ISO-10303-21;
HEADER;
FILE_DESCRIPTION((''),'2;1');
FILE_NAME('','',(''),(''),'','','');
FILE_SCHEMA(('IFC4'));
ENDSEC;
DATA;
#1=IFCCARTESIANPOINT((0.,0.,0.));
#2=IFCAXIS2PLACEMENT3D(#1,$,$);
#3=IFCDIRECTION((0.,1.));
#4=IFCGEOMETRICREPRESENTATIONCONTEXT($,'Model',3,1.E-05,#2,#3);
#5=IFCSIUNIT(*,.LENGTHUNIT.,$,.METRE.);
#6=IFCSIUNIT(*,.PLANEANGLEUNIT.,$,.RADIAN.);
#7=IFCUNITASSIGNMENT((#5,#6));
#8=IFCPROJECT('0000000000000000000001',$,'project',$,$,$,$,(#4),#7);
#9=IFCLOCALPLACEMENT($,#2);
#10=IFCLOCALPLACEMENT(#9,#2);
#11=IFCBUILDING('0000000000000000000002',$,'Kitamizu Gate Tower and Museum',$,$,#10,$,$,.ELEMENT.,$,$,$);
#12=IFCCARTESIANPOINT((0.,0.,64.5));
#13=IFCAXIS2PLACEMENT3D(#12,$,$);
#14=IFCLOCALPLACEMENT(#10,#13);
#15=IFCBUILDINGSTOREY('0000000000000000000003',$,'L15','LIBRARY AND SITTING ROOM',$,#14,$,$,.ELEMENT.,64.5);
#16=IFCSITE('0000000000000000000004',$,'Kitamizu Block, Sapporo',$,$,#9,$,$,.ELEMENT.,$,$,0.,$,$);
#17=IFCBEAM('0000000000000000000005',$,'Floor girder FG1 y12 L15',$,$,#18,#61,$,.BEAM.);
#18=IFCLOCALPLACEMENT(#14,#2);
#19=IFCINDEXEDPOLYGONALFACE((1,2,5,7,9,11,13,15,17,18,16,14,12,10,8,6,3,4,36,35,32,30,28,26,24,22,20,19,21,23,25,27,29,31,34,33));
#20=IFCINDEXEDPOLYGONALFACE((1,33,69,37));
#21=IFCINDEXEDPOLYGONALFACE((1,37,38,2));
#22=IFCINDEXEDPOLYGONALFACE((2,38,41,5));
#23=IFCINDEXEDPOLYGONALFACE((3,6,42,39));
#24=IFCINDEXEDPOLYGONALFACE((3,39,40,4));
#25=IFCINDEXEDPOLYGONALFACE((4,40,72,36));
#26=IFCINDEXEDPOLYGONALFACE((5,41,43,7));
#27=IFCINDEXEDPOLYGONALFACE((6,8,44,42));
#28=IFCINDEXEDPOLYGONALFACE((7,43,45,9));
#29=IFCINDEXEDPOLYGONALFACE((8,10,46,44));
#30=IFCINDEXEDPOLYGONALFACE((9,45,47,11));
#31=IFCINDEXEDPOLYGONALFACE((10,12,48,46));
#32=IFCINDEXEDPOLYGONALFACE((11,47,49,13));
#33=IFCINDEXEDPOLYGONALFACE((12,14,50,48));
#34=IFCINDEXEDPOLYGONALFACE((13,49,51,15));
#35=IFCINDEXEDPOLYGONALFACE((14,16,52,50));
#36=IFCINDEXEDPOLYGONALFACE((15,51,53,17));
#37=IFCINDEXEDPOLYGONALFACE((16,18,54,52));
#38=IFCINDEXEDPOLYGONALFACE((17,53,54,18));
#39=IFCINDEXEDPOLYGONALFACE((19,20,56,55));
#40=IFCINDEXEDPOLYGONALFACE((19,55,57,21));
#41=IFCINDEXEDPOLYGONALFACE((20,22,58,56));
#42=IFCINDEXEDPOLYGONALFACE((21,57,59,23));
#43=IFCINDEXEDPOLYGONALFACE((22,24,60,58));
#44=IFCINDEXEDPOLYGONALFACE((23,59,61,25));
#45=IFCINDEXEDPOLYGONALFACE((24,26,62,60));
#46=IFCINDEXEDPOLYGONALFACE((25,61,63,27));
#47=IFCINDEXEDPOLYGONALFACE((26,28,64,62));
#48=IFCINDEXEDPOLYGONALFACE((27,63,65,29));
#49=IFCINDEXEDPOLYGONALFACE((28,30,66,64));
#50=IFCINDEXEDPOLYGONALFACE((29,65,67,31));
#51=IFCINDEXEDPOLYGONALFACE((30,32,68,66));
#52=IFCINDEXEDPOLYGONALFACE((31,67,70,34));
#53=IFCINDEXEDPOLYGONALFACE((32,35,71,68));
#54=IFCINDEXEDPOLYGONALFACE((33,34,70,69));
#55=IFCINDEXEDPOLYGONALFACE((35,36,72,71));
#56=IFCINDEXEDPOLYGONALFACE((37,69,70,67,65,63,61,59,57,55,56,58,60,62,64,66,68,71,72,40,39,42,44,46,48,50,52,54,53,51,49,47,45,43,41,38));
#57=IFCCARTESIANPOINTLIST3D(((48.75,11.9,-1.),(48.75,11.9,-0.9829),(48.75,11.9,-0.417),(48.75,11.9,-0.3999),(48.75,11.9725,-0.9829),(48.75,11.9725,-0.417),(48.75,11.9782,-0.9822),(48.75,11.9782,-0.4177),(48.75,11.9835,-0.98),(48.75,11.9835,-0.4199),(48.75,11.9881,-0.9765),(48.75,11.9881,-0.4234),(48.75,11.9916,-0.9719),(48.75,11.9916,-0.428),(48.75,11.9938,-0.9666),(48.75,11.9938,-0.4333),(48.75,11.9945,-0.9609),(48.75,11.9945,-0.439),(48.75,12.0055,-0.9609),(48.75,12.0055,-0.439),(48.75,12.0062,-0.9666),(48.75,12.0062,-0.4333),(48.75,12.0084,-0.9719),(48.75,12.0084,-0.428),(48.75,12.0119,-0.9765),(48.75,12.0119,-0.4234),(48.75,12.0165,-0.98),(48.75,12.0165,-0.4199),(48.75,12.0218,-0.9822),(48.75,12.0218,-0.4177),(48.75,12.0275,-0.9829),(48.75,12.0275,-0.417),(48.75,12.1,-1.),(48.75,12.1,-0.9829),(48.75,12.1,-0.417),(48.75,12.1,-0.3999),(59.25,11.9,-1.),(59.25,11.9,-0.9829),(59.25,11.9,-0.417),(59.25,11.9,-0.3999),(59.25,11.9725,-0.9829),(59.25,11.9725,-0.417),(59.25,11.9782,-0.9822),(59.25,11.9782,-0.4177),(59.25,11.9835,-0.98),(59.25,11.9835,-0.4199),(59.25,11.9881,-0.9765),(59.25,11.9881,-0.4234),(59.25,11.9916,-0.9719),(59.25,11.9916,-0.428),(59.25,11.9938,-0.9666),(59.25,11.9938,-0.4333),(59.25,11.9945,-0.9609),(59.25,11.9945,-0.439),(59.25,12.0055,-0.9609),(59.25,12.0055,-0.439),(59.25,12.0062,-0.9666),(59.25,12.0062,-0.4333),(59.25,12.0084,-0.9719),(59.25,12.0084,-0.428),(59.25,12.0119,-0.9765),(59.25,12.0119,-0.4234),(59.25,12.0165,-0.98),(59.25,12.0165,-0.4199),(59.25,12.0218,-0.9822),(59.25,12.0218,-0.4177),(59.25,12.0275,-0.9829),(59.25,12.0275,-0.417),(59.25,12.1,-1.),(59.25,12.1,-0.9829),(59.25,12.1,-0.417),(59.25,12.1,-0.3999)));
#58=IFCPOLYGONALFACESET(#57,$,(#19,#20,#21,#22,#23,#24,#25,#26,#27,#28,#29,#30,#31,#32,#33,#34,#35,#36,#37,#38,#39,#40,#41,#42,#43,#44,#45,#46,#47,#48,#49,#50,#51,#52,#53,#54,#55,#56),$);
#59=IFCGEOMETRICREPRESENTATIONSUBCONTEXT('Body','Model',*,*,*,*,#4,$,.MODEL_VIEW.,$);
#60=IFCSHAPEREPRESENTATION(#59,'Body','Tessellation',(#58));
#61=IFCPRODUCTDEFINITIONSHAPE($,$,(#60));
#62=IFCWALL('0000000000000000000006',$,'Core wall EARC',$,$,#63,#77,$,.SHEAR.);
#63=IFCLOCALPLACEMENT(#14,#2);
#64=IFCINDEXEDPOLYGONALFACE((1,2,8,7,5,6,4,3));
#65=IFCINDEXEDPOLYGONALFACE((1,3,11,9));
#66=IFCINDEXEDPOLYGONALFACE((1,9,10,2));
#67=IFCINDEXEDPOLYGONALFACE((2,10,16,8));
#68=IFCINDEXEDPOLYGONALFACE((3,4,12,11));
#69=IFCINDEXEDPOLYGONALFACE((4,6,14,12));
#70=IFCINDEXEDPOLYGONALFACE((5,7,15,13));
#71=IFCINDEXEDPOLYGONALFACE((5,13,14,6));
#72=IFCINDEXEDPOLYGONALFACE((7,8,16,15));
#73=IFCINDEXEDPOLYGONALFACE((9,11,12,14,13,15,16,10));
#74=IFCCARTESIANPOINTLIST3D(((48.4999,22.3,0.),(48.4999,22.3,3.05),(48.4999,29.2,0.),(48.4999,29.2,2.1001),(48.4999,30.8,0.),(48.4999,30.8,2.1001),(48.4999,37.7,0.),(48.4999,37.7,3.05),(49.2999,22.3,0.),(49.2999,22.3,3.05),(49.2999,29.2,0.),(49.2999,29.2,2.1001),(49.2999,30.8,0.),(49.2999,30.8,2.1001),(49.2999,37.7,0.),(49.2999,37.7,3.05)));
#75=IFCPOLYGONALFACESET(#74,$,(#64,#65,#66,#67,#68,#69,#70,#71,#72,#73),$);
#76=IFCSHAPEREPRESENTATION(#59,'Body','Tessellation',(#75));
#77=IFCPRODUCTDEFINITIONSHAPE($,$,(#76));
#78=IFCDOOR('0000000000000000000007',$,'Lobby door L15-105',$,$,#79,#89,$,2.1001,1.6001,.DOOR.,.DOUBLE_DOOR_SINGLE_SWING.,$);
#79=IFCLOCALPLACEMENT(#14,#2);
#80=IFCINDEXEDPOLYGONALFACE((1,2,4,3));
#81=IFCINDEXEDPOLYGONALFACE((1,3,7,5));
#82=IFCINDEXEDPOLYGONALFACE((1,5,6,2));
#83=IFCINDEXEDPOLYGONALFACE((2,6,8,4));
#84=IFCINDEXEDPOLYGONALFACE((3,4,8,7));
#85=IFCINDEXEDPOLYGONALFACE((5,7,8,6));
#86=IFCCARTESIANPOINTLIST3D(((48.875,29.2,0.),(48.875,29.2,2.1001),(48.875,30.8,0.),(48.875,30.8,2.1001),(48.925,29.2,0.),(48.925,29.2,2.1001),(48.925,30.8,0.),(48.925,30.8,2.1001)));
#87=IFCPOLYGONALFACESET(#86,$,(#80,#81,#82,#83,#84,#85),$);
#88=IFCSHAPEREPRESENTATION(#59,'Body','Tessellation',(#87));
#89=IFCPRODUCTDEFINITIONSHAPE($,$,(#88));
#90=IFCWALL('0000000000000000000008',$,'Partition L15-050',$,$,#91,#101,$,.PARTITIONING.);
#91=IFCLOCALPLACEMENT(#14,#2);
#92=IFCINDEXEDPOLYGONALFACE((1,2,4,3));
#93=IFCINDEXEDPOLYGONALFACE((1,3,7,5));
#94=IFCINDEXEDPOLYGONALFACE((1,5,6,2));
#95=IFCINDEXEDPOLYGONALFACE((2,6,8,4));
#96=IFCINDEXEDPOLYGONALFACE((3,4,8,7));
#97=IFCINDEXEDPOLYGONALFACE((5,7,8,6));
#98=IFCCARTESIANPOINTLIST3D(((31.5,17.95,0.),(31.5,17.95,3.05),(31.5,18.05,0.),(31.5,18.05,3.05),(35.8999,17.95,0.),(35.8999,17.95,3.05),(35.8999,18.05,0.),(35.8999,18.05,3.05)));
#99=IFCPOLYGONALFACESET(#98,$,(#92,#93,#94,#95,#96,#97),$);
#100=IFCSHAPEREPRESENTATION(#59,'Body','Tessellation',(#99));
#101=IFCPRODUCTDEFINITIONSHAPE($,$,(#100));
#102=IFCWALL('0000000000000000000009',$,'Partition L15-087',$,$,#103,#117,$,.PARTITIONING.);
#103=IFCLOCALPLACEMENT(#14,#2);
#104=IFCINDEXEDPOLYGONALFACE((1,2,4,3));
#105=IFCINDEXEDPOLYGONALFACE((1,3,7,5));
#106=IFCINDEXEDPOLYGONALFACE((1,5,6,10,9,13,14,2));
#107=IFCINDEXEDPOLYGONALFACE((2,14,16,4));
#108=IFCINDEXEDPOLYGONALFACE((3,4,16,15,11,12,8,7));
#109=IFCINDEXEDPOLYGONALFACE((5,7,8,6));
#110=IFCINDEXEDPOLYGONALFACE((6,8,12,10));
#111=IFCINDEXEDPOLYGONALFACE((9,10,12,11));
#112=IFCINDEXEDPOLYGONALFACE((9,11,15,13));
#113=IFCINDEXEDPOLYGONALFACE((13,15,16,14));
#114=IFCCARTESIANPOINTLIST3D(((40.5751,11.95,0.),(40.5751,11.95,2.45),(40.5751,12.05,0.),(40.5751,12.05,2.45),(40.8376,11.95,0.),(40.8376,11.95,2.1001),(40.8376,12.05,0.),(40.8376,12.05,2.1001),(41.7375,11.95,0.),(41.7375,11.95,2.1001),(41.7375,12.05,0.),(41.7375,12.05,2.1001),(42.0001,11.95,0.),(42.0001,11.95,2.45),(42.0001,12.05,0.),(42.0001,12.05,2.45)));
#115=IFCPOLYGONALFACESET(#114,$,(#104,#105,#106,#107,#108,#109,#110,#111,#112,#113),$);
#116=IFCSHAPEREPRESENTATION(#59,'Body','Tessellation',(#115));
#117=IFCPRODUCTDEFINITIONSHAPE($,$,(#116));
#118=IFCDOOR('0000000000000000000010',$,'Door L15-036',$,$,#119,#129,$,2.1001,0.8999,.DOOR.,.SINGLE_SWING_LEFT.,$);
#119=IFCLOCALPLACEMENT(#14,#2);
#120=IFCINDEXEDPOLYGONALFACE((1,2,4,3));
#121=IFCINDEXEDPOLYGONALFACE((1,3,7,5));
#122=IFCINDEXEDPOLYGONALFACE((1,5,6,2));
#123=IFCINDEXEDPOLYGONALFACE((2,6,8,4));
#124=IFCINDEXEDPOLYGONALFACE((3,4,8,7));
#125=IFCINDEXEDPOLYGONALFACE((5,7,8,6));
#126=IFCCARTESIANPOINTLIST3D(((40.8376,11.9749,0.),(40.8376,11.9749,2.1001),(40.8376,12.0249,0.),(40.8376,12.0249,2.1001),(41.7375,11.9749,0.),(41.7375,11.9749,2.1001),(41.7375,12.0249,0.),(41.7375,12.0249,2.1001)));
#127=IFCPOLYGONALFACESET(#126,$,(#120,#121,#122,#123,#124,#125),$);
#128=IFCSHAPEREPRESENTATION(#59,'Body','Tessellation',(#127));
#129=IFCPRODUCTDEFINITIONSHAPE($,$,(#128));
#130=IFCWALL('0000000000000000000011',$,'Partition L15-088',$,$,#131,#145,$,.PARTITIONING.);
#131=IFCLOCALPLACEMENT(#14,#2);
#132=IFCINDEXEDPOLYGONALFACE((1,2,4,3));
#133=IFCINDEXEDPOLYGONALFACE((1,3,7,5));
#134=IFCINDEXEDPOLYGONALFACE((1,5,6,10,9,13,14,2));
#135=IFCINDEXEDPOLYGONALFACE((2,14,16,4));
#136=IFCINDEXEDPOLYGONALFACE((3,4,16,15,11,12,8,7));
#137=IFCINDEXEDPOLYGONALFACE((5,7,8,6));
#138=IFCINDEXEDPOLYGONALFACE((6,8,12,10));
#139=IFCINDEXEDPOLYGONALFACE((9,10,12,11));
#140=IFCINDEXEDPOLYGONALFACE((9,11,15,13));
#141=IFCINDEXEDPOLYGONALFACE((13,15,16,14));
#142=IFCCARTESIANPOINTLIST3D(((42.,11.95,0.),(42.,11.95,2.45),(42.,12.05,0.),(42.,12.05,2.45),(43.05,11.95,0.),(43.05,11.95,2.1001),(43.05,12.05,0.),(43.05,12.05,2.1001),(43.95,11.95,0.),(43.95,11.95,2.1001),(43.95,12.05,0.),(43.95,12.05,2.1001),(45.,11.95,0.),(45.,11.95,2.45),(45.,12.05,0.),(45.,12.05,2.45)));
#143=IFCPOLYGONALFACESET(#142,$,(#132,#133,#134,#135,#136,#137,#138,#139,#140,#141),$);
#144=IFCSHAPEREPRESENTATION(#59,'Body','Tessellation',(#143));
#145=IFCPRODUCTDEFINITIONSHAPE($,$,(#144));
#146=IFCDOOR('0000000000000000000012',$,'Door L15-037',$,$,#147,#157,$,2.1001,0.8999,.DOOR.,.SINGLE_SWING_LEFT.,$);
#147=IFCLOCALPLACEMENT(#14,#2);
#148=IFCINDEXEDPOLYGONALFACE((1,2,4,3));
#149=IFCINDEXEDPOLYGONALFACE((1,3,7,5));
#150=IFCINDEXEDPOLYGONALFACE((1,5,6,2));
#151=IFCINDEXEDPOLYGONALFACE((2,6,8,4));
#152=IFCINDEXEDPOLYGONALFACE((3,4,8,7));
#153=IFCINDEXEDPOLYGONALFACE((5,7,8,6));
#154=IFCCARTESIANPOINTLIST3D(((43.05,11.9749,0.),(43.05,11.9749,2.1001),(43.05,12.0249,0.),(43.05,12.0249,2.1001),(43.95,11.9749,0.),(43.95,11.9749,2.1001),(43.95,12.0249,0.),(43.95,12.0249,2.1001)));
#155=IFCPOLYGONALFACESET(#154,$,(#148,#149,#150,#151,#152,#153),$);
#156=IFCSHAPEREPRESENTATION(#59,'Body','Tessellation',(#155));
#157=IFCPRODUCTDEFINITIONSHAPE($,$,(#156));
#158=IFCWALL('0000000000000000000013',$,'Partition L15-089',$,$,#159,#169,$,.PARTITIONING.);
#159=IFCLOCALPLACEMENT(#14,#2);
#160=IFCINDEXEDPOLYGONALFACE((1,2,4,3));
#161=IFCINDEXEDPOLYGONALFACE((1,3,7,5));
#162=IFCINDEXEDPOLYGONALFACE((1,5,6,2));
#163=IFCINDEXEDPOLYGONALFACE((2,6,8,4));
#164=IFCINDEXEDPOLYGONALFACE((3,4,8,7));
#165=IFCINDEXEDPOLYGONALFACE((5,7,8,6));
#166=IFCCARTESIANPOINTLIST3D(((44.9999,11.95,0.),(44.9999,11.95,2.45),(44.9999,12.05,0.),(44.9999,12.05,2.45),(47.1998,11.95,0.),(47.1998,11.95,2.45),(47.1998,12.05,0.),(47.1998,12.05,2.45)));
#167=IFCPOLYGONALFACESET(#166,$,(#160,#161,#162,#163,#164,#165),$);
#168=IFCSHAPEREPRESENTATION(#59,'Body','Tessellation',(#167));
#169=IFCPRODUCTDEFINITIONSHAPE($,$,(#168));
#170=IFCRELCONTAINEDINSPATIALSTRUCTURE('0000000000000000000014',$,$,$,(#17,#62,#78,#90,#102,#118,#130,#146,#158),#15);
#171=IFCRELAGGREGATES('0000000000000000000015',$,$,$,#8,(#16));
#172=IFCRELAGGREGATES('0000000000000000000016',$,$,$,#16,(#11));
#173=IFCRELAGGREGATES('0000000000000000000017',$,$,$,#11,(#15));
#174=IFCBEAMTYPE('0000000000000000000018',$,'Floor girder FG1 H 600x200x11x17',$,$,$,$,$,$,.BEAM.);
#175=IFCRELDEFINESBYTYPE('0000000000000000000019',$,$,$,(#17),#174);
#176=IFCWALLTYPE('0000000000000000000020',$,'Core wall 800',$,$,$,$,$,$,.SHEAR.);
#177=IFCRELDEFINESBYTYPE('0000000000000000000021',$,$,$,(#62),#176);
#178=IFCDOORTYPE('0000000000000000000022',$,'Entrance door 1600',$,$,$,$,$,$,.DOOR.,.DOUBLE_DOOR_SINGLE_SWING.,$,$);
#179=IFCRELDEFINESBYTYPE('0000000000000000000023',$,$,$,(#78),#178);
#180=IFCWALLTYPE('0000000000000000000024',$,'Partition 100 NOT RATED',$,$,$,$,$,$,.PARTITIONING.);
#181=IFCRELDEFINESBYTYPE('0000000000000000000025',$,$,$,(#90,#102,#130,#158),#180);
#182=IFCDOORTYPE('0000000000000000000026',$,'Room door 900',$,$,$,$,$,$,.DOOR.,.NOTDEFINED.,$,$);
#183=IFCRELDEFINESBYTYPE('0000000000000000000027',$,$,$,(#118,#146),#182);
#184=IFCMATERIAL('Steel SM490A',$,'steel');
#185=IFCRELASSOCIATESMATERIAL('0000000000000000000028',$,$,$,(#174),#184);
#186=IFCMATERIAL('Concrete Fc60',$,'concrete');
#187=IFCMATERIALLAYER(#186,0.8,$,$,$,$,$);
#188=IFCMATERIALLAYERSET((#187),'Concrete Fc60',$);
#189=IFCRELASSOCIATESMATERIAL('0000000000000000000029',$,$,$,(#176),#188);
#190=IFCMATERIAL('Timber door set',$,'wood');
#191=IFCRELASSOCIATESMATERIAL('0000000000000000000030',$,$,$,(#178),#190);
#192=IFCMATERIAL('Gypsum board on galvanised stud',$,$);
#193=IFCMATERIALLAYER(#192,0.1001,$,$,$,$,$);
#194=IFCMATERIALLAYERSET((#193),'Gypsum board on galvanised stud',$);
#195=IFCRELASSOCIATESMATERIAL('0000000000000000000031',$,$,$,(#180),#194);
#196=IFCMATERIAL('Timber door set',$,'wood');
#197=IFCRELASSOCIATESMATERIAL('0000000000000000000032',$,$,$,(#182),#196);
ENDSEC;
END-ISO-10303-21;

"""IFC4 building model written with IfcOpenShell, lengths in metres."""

from ifc_helpers import new_model, si_unit, direction, frame, frame_2d, origin, origin_2d, place, context, subcontext, project, spatial, rectangle, i_section, extrude, material, layer, layer_set, material_profile, profile_set, type_object, element, fill, save


model = new_model("IFC4")

# Units and contexts
model_context = context("Model", 3, precision=1e-05, world=origin(), true_north=direction((0.0, 1.0)))
body_context = subcontext(model_context, "Body", "Model", "MODEL_VIEW")
ifc_project = project(units=[si_unit("LENGTHUNIT", "METRE"), si_unit("PLANEANGLEUNIT", "RADIAN")], contexts=[model_context])

# Site, building, storey
site_placement = place(None, origin())
site = spatial("IfcSite", under=ifc_project, at=site_placement, Name="Kitamizu Block, Sapporo", CompositionType="ELEMENT", RefElevation=0.0)
building_placement = place(site_placement, origin())
building = spatial("IfcBuilding", under=site, at=building_placement, Name="Kitamizu Gate Tower and Museum", CompositionType="ELEMENT")
storey_placement = place(building_placement, frame((0.0, 0.0, 64.5)))
storey = spatial("IfcBuildingStorey", under=building, at=storey_placement, Name="L15", Description="LIBRARY AND SITTING ROOM", CompositionType="ELEMENT", Elevation=64.5)

# Beam
ifc_material_1 = material(Name="Steel SM490A", Category="steel")
ifc_material_profile_1 = material_profile(ifc_material_1, i_section(OverallWidth=0.2, OverallDepth=0.6001, WebThickness=0.011, FlangeThickness=0.0171, FilletRadius=0.022, at=origin_2d()), Name="H-600x200x11x17")
ifc_profile_set_1 = profile_set([ifc_material_profile_1], Name="Steel SM490A")
beam_type_1 = type_object("IfcBeamType", Name="Floor girder FG1 H 600x200x11x17", PredefinedType="BEAM", material=ifc_profile_set_1)
for number, where, z_axis, x_axis, name in (
    (1, (48.75, 12.0, -0.7), (1.0, 0.0, 0.0), (0.0, 1.0, 0.0), "Floor girder FG1 y12 L15"),
):
    element("IfcBeam", number, at=place(storey_placement, frame(where, z_axis=z_axis, x_axis=x_axis)), inside=storey, type_object=beam_type_1, Name=name, PredefinedType="BEAM", context=body_context, shape_type="SweptSolid", body=[
        extrude(i_section(OverallWidth=0.2, OverallDepth=0.6001, WebThickness=0.011, FlangeThickness=0.0171, FilletRadius=0.022, at=origin_2d()), origin(), (0.0, 0.0, 1.0), 10.5),
    ])

# Wall, opening, door
ifc_material_2 = material(Name="Concrete Fc60", Category="concrete")
ifc_layer_1 = layer(ifc_material_2, 0.8)
ifc_layer_set_1 = layer_set([ifc_layer_1], Name="Concrete Fc60")
wall_type_1 = type_object("IfcWallType", Name="Core wall 800", PredefinedType="SHEAR", material=ifc_layer_set_1)
wall_1_placement = place(storey_placement, frame((48.8999, 22.3, 0.0), z_axis=(0.0, 0.0, 1.0), x_axis=(0.0, 1.0, 0.0)))
wall_1 = element("IfcWall", 2, at=wall_1_placement, inside=storey, type_object=wall_type_1, Name="Core wall EARC", PredefinedType="SHEAR", context=body_context, shape_type="SweptSolid", body=[
    extrude(rectangle(XDim=15.3999, YDim=0.8, at=frame_2d((7.7, 0.0))), origin(), (0.0, 0.0, 1.0), 3.05),
])
opening_1_placement = place(wall_1_placement, frame((6.8999, 0.0, 0.0)))
opening_1 = element("IfcOpeningElement", 3, at=opening_1_placement, cuts=wall_1, PredefinedType="OPENING", context=body_context, shape_type="SweptSolid", body=[
    extrude(rectangle(XDim=1.6001, YDim=2.1001, at=frame_2d((0.8, 1.05))), frame((0.0, 0.4102, 0.0), z_axis=(0.0, -1.0, 0.0), x_axis=(1.0, 0.0, 0.0)), (0.0, 0.0, 1.0), 0.8201),
])
ifc_material_3 = material(Name="Timber door set", Category="wood")
door_type_1 = type_object("IfcDoorType", Name="Entrance door 1600", OperationType="DOUBLE_DOOR_SINGLE_SWING", PredefinedType="DOOR", material=ifc_material_3)
door_1_placement = place(opening_1_placement, origin())
door_1 = element("IfcDoor", 4, at=door_1_placement, inside=storey, type_object=door_type_1, Name="Lobby door L15-105", OperationType="DOUBLE_DOOR_SINGLE_SWING", OverallHeight=2.1001, OverallWidth=1.6001, PredefinedType="DOOR", context=body_context, shape_type="SweptSolid", body=[
    extrude(rectangle(XDim=1.6001, YDim=2.1001, at=frame_2d((0.8, 1.05))), frame((0.0, 0.0249, 0.0), z_axis=(0.0, -1.0, 0.0), x_axis=(1.0, 0.0, 0.0)), (0.0, 0.0, 1.0), 0.05),
])
fill(opening_1, door_1)

# Wall
ifc_material_4 = material(Name="Gypsum board on galvanised stud")
ifc_layer_2 = layer(ifc_material_4, 0.1001)
ifc_layer_set_2 = layer_set([ifc_layer_2], Name="Gypsum board on galvanised stud")
wall_type_2 = type_object("IfcWallType", Name="Partition 100 NOT RATED", PredefinedType="PARTITIONING", material=ifc_layer_set_2)
wall_2_placement = place(storey_placement, frame((35.8999, 18.0, 0.0), z_axis=(0.0, 0.0, 1.0), x_axis=(-1.0, 0.0, 0.0)))
element("IfcWall", 5, at=wall_2_placement, inside=storey, type_object=wall_type_2, Name="Partition L15-050", PredefinedType="PARTITIONING", context=body_context, shape_type="SweptSolid", body=[
    extrude(rectangle(XDim=4.3999, YDim=0.1001, at=frame_2d((2.2, 0.0))), origin(), (0.0, 0.0, 1.0), 3.05),
])

# Walls, openings, doors
wall_3_placement = place(storey_placement, frame((42.0, 12.0, 0.0), z_axis=(0.0, 0.0, 1.0), x_axis=(-1.0, 0.0, 0.0)))
wall_3 = element("IfcWall", 6, at=wall_3_placement, inside=storey, type_object=wall_type_2, Name="Partition L15-087", PredefinedType="PARTITIONING", context=body_context, shape_type="SweptSolid", body=[
    extrude(rectangle(XDim=1.425, YDim=0.1001, at=frame_2d((0.7124, 0.0))), origin(), (0.0, 0.0, 1.0), 2.45),
])
opening_2_placement = place(wall_3_placement, frame((0.2625, 0.0, 0.0)))
opening_2 = element("IfcOpeningElement", 7, at=opening_2_placement, cuts=wall_3, PredefinedType="OPENING", context=body_context, shape_type="SweptSolid", body=[
    extrude(rectangle(XDim=0.8999, YDim=2.1001, at=frame_2d((0.45, 1.05))), frame((0.0, 0.0601, 0.0), z_axis=(0.0, -1.0, 0.0), x_axis=(1.0, 0.0, 0.0)), (0.0, 0.0, 1.0), 0.1201),
])
ifc_material_5 = material(Name="Timber door set", Category="wood")
door_type_2 = type_object("IfcDoorType", Name="Room door 900", OperationType="NOTDEFINED", PredefinedType="DOOR", material=ifc_material_5)
door_2_placement = place(opening_2_placement, frame((0.8999, 0.0, 0.0), x_axis=(-1.0, 0.0, 0.0)))
door_2 = element("IfcDoor", 8, at=door_2_placement, inside=storey, type_object=door_type_2, Name="Door L15-036", OperationType="SINGLE_SWING_LEFT", OverallHeight=2.1001, OverallWidth=0.8999, PredefinedType="DOOR", context=body_context, shape_type="SweptSolid", body=[
    extrude(rectangle(XDim=0.8999, YDim=2.1001, at=frame_2d((0.45, 1.05))), frame((0.0, 0.0249, 0.0), z_axis=(0.0, -1.0, 0.0), x_axis=(1.0, 0.0, 0.0)), (0.0, 0.0, 1.0), 0.05),
])
fill(opening_2, door_2)
wall_4_placement = place(storey_placement, frame((45.0, 12.0, 0.0), z_axis=(0.0, 0.0, 1.0), x_axis=(-1.0, 0.0, 0.0)))
wall_4 = element("IfcWall", 9, at=wall_4_placement, inside=storey, type_object=wall_type_2, Name="Partition L15-088", PredefinedType="PARTITIONING", context=body_context, shape_type="SweptSolid", body=[
    extrude(rectangle(XDim=3.0, YDim=0.1001, at=frame_2d((1.5, 0.0))), origin(), (0.0, 0.0, 1.0), 2.45),
])
opening_3_placement = place(wall_4_placement, frame((1.05, 0.0, 0.0)))
opening_3 = element("IfcOpeningElement", 10, at=opening_3_placement, cuts=wall_4, PredefinedType="OPENING", context=body_context, shape_type="SweptSolid", body=[
    extrude(rectangle(XDim=0.8999, YDim=2.1001, at=frame_2d((0.45, 1.05))), frame((0.0, 0.0601, 0.0), z_axis=(0.0, -1.0, 0.0), x_axis=(1.0, 0.0, 0.0)), (0.0, 0.0, 1.0), 0.1201),
])
door_3_placement = place(opening_3_placement, frame((0.8999, 0.0, 0.0), x_axis=(-1.0, 0.0, 0.0)))
door_3 = element("IfcDoor", 11, at=door_3_placement, inside=storey, type_object=door_type_2, Name="Door L15-037", OperationType="SINGLE_SWING_LEFT", OverallHeight=2.1001, OverallWidth=0.8999, PredefinedType="DOOR", context=body_context, shape_type="SweptSolid", body=[
    extrude(rectangle(XDim=0.8999, YDim=2.1001, at=frame_2d((0.45, 1.05))), frame((0.0, 0.0249, 0.0), z_axis=(0.0, -1.0, 0.0), x_axis=(1.0, 0.0, 0.0)), (0.0, 0.0, 1.0), 0.05),
])
fill(opening_3, door_3)

# Wall
wall_5_placement = place(storey_placement, frame((47.2, 12.0, 0.0), z_axis=(0.0, 0.0, 1.0), x_axis=(-1.0, 0.0, 0.0)))
element("IfcWall", 12, at=wall_5_placement, inside=storey, type_object=wall_type_2, Name="Partition L15-089", PredefinedType="PARTITIONING", context=body_context, shape_type="SweptSolid", body=[
    extrude(rectangle(XDim=2.2, YDim=0.1001, at=frame_2d((1.1001, 0.0))), origin(), (0.0, 0.0, 1.0), 2.45),
])

save(model, "model.ifc")
